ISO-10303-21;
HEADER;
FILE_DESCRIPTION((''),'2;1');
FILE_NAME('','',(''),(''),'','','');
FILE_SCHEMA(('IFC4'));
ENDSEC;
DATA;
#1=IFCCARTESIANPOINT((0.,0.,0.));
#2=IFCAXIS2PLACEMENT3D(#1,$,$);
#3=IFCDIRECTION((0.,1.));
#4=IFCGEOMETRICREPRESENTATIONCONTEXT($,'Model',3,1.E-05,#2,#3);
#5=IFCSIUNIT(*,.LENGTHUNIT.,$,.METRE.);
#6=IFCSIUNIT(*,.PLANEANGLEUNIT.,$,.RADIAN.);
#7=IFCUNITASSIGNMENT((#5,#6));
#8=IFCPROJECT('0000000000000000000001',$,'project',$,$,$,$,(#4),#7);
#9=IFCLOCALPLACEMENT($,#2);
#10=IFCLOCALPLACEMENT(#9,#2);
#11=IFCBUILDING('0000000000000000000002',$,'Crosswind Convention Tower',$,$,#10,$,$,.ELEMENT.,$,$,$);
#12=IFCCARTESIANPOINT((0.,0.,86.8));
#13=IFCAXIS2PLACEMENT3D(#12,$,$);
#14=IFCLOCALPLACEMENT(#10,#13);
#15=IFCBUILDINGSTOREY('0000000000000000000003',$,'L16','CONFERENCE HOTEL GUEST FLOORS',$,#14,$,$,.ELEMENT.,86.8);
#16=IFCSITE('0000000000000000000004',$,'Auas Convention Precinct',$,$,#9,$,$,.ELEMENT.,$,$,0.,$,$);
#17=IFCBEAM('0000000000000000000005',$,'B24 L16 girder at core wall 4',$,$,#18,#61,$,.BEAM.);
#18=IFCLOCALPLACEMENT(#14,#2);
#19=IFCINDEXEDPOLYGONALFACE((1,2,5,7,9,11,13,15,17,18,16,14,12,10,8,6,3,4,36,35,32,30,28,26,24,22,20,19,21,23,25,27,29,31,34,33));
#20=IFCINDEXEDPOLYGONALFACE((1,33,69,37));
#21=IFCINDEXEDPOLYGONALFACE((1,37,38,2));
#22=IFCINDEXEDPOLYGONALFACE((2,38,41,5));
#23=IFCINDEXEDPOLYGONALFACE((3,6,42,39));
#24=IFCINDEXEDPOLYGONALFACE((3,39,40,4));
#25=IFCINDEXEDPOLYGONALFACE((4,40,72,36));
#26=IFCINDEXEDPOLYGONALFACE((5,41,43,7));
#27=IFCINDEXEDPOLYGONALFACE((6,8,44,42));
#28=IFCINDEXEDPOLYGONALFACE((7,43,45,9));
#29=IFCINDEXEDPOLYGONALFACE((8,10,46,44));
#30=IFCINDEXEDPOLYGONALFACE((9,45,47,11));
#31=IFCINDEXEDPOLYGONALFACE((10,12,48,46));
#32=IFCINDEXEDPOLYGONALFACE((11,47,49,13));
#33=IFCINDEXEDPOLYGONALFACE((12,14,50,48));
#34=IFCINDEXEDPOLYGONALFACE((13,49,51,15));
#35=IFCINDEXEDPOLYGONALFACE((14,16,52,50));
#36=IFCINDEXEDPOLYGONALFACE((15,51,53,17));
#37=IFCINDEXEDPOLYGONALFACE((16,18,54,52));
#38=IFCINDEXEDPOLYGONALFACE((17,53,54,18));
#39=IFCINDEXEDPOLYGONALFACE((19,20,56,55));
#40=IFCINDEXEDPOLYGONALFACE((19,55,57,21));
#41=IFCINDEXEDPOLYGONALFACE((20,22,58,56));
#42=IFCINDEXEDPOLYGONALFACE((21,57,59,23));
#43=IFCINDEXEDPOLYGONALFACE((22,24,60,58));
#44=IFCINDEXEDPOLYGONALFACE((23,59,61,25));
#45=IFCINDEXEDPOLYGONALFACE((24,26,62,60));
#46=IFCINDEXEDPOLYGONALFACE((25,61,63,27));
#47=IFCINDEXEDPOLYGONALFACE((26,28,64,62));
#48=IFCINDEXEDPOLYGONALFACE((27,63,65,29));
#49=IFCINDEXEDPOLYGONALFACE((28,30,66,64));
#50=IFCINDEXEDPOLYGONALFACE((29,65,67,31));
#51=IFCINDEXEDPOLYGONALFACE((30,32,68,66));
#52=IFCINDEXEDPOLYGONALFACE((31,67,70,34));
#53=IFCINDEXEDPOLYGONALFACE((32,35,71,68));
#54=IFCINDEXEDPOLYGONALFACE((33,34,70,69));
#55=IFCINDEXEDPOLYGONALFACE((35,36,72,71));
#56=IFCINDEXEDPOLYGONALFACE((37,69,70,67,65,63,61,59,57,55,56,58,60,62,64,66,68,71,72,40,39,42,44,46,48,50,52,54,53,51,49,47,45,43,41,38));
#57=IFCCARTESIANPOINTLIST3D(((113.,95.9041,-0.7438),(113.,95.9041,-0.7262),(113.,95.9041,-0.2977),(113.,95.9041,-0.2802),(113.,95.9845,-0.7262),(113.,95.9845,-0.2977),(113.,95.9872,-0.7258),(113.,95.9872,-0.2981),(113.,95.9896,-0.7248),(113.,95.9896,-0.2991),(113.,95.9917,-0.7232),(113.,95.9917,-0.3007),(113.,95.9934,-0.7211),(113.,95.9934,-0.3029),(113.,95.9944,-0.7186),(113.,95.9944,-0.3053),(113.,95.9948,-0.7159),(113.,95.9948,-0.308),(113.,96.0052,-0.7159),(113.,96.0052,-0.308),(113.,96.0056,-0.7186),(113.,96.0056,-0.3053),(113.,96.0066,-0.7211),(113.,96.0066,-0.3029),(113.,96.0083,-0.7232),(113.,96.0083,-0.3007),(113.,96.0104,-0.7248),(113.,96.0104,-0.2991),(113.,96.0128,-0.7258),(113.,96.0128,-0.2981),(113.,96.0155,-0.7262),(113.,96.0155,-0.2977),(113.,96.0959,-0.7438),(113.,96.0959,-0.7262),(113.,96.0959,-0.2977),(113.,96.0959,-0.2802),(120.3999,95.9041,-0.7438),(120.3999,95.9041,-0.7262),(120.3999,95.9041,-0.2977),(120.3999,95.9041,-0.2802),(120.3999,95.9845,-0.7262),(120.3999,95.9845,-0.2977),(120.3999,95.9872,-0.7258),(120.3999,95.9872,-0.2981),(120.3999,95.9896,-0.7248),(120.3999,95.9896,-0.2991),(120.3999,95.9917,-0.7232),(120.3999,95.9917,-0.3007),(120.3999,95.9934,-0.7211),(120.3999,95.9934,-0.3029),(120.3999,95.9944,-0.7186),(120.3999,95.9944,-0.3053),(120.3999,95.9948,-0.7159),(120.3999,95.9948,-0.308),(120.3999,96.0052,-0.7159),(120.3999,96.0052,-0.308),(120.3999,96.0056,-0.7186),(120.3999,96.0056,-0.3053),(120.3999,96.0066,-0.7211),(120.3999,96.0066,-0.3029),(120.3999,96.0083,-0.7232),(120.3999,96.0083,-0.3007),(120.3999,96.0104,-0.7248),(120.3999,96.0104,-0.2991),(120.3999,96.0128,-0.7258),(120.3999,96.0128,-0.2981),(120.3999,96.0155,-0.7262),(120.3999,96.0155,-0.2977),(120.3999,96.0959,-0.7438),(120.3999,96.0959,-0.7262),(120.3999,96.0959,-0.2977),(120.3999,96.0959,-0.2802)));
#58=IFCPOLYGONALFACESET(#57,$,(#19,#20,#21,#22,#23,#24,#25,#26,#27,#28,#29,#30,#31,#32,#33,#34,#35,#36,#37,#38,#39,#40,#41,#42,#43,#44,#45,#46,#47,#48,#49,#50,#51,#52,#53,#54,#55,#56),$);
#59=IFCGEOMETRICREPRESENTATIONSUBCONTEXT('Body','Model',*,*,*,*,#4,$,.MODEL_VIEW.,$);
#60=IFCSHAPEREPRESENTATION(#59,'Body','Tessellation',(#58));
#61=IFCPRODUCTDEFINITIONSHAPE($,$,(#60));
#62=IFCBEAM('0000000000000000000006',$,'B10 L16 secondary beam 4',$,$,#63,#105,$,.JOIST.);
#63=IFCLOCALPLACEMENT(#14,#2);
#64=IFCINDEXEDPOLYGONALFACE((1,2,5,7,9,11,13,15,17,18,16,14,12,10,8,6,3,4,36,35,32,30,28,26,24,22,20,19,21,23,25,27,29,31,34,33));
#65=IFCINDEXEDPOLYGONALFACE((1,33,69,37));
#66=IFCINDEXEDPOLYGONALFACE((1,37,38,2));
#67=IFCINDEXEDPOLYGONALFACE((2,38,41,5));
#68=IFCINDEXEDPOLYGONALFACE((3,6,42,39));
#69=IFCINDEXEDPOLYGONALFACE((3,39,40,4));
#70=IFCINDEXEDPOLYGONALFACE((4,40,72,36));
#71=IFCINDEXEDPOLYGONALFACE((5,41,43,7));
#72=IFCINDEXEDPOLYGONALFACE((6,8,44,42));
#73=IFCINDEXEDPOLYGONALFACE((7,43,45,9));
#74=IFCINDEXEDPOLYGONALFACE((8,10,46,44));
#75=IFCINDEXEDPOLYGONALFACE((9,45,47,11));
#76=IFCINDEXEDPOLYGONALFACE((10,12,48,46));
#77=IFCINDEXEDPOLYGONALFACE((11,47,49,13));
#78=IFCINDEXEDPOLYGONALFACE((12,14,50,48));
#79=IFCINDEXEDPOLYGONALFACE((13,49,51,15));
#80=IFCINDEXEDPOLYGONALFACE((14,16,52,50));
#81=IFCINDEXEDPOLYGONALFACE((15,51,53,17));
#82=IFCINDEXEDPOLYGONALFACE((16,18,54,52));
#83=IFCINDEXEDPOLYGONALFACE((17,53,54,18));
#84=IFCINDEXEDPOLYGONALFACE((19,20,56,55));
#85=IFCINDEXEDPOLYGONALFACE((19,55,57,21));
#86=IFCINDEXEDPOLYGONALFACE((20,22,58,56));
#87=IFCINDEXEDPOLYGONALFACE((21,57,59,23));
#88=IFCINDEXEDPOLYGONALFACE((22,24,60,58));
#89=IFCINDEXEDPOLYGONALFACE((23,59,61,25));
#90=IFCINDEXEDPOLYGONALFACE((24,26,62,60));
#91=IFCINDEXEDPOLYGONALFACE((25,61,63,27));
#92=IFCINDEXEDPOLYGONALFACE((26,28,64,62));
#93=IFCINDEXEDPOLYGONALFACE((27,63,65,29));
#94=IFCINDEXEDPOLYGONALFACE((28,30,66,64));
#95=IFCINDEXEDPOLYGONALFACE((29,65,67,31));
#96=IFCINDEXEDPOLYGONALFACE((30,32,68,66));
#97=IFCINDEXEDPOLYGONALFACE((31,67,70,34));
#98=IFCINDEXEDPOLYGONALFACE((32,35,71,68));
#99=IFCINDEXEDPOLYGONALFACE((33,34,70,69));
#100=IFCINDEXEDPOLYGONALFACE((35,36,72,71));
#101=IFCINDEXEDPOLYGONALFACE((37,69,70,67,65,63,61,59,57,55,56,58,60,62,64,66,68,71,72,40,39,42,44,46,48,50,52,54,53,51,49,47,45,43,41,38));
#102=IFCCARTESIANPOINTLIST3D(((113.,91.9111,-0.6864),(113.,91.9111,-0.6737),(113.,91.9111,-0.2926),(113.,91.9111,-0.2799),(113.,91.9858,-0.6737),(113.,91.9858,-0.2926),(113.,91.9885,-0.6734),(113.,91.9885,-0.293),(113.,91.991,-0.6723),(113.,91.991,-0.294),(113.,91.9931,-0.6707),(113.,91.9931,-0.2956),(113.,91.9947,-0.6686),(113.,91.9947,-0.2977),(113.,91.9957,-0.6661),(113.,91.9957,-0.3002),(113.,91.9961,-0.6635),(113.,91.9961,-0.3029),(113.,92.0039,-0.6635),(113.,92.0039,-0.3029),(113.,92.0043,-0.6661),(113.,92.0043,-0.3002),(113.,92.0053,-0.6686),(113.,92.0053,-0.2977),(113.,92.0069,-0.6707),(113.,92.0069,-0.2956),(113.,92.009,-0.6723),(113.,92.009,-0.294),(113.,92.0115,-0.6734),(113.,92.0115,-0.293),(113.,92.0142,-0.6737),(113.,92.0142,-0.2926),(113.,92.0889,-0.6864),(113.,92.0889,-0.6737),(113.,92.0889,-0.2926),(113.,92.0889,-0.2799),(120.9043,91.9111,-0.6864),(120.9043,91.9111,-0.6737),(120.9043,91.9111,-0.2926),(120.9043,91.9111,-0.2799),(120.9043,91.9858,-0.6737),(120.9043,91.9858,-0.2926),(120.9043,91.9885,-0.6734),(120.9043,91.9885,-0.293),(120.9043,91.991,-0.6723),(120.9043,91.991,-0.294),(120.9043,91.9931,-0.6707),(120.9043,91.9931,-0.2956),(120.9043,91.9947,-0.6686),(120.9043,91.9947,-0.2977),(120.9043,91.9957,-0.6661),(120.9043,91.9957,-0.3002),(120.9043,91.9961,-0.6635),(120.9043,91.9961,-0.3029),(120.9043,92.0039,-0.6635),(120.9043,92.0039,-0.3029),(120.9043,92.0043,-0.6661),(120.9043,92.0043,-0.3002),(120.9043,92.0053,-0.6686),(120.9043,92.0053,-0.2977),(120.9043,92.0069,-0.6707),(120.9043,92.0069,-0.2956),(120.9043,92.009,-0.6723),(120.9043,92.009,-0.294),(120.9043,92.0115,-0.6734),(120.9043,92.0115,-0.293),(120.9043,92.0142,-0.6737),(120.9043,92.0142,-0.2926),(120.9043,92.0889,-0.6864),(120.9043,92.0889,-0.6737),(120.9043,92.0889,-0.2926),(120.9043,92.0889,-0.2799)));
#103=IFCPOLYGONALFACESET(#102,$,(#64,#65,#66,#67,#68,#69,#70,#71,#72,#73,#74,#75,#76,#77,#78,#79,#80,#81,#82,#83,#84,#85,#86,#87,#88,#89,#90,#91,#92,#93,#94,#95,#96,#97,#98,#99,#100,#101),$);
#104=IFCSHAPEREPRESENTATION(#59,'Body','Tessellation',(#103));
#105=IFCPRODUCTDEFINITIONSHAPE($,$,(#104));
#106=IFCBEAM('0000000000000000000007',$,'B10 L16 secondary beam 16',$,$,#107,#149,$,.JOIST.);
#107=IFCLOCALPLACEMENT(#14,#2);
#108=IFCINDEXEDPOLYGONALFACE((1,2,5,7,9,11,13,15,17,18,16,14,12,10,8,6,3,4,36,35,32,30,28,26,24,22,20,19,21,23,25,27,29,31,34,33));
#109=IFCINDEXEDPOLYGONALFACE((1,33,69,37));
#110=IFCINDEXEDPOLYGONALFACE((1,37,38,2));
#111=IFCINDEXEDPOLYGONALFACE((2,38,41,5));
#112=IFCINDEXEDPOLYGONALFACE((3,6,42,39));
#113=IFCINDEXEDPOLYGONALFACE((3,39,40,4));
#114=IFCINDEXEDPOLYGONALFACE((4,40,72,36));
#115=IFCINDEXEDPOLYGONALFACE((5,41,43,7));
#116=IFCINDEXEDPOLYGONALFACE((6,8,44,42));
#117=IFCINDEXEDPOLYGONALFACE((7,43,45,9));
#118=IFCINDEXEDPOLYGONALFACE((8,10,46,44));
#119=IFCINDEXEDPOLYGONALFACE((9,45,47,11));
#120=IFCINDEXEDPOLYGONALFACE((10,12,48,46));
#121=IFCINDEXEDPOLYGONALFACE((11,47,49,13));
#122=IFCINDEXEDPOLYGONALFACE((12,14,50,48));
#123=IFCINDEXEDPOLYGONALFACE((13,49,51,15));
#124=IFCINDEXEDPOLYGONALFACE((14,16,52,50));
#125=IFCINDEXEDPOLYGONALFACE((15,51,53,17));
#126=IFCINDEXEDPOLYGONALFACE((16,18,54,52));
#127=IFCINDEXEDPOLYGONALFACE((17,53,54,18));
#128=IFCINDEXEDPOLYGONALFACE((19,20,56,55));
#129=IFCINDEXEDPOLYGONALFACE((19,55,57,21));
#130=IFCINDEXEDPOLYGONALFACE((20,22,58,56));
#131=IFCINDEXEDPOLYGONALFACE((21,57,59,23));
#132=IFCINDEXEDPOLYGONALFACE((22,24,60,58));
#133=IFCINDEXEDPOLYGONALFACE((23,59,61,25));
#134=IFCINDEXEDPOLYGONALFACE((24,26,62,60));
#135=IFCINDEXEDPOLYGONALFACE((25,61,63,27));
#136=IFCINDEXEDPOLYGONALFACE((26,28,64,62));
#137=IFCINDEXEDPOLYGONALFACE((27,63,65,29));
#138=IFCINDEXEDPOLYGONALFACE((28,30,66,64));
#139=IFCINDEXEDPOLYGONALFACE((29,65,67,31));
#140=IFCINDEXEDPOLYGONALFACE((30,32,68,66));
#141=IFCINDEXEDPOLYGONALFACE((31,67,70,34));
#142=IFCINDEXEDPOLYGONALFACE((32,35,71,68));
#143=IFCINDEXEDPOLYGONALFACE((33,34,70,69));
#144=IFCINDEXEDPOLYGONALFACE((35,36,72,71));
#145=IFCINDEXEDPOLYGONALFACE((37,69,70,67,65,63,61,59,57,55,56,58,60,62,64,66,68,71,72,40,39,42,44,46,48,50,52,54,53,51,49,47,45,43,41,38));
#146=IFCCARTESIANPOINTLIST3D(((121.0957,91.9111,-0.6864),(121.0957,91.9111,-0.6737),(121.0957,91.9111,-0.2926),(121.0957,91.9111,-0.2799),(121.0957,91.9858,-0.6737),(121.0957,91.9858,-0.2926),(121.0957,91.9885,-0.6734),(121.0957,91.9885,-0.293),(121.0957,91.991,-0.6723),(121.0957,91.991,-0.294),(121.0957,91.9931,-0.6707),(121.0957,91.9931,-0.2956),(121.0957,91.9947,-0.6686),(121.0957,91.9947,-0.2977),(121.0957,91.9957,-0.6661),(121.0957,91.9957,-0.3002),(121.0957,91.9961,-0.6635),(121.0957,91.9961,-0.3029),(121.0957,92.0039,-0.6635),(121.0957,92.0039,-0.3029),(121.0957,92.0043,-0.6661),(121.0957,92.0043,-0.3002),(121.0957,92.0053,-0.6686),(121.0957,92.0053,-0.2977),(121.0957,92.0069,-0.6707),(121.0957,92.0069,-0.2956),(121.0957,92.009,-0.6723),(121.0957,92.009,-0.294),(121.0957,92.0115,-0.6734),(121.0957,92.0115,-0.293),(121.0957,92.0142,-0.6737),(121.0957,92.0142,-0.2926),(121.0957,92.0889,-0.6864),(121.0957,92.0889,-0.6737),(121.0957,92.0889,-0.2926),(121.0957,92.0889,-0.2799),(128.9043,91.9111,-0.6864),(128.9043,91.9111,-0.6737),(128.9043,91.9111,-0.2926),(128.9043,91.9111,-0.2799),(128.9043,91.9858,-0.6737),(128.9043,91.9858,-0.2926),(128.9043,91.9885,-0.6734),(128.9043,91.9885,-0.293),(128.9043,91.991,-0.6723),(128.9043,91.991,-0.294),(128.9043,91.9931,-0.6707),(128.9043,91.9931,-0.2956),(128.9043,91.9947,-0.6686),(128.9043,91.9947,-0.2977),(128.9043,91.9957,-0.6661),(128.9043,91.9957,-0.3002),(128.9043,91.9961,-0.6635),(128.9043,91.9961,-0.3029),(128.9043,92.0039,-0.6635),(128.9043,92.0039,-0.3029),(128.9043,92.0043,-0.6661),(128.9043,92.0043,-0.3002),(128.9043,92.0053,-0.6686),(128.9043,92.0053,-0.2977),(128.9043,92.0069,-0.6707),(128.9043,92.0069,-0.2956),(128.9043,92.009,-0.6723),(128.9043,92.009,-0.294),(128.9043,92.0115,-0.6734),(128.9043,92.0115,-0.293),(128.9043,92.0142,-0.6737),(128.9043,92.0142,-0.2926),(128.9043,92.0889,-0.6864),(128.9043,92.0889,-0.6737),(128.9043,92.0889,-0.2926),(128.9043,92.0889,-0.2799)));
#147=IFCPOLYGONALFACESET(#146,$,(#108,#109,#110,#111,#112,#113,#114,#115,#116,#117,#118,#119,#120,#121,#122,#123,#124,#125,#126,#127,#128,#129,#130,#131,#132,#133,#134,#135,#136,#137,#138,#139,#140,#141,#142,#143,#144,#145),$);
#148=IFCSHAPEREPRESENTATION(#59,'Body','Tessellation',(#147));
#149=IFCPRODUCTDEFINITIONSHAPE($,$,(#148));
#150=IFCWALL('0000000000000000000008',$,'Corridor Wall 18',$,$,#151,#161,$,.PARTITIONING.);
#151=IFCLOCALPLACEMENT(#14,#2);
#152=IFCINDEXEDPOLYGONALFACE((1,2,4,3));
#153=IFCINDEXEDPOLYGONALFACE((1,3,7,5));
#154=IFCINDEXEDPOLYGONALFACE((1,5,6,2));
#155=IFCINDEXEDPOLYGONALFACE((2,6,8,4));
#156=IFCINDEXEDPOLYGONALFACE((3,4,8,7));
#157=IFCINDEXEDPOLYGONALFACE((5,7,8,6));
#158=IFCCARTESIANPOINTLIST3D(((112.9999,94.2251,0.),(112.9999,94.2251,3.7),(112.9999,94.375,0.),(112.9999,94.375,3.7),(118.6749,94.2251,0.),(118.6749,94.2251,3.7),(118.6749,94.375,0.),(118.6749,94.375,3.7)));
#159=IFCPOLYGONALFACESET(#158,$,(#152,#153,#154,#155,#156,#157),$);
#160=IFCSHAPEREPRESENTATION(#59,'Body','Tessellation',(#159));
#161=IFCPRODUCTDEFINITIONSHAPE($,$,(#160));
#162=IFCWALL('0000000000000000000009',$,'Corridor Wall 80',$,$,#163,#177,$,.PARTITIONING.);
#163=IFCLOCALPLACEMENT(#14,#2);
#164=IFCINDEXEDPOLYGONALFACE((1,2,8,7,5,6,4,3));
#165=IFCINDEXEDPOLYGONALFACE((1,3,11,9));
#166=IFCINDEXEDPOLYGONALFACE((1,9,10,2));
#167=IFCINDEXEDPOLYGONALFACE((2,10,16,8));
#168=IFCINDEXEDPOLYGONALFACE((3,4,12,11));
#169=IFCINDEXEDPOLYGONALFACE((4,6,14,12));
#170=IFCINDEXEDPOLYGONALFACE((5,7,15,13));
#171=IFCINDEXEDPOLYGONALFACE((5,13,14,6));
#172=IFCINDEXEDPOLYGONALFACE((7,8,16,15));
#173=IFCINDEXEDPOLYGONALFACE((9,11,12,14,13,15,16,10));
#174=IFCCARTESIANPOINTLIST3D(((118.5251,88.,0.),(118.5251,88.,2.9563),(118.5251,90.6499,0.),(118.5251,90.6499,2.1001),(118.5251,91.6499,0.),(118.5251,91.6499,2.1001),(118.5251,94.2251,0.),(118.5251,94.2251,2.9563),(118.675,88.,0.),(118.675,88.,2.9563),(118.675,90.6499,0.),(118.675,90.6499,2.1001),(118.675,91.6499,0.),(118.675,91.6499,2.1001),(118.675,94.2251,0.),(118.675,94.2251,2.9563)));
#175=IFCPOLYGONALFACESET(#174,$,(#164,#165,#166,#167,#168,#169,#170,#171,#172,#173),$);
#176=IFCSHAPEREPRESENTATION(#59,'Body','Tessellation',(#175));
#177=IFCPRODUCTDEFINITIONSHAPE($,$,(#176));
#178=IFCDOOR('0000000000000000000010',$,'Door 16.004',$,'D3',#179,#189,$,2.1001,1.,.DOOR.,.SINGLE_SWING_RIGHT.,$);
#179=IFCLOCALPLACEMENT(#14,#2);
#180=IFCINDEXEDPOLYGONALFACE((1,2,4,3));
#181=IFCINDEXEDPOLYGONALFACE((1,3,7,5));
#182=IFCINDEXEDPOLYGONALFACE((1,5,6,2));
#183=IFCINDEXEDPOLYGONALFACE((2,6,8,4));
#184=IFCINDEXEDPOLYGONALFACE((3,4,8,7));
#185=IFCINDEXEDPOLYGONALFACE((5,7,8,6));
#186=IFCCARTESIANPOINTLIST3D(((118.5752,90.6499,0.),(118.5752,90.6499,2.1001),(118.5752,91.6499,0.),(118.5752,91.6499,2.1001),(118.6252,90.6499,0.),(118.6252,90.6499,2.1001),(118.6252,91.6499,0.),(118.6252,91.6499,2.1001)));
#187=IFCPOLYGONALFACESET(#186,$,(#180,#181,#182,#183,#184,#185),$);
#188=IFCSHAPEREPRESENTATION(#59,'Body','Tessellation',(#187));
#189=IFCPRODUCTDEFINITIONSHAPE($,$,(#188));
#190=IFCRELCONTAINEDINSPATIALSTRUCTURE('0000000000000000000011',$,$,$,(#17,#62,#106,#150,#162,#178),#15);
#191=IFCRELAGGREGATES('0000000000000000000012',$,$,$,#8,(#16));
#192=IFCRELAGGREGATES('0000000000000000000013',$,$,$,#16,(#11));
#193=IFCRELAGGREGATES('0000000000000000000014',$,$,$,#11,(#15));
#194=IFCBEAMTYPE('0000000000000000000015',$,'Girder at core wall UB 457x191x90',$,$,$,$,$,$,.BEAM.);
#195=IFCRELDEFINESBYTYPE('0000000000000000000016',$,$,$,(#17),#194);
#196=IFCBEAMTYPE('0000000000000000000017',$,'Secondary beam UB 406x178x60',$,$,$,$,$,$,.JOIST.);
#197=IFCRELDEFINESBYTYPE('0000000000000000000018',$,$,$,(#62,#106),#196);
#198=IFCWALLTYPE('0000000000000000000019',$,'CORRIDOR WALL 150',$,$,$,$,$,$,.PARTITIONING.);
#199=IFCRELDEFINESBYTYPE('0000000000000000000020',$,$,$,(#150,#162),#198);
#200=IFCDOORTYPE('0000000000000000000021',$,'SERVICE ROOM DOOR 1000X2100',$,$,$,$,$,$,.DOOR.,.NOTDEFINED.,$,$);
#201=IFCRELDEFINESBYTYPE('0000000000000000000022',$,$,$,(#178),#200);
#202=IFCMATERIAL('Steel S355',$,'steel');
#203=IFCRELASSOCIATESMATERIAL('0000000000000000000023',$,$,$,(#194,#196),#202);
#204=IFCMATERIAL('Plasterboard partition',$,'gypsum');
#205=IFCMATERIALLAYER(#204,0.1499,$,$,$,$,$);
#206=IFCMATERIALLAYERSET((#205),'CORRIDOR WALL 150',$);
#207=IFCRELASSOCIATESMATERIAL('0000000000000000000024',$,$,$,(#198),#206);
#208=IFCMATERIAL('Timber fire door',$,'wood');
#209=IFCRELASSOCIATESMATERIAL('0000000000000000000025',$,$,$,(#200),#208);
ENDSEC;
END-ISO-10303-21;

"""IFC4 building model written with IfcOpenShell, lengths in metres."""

from ifc_helpers import new_model, si_unit, direction, frame, frame_2d, origin, origin_2d, place, context, subcontext, project, spatial, rectangle, i_section, extrude, material, layer, layer_set, material_profile, profile_set, type_object, element, fill, save


model = new_model("IFC4")

# Units and contexts
model_context = context("Model", 3, precision=1e-05, world=origin(), true_north=direction((0.0, 1.0)))
body_context = subcontext(model_context, "Body", "Model", "MODEL_VIEW")
ifc_project = project(units=[si_unit("LENGTHUNIT", "METRE"), si_unit("PLANEANGLEUNIT", "RADIAN")], contexts=[model_context])

# Site, building, storey
site_placement = place(None, origin())
site = spatial("IfcSite", under=ifc_project, at=site_placement, Name="Auas Convention Precinct", CompositionType="ELEMENT", RefElevation=0.0)
building_placement = place(site_placement, origin())
building = spatial("IfcBuilding", under=site, at=building_placement, Name="Crosswind Convention Tower", CompositionType="ELEMENT")
storey_placement = place(building_placement, frame((0.0, 0.0, 86.8)))
storey = spatial("IfcBuildingStorey", under=building, at=storey_placement, Name="L16", Description="CONFERENCE HOTEL GUEST FLOORS", CompositionType="ELEMENT", Elevation=86.8)

# Beams
ifc_material_1 = material(Name="Steel S355", Category="steel")
ifc_material_profile_1 = material_profile(ifc_material_1, i_section(OverallWidth=0.1919, OverallDepth=0.4636, WebThickness=0.0105, FlangeThickness=0.0176, FilletRadius=0.0103, at=origin_2d()), Name="UB 457x191x90")
ifc_profile_set_1 = profile_set([ifc_material_profile_1], Name="Steel S355")
beam_type_1 = type_object("IfcBeamType", Name="Girder at core wall UB 457x191x90", PredefinedType="BEAM", material=ifc_profile_set_1)
for number, where, z_axis, x_axis, name in (
    (1, (113.0, 96.0, -0.512), (1.0, 0.0, 0.0), (0.0, 1.0, 0.0), "B24 L16 girder at core wall 4"),
):
    element("IfcBeam", number, at=place(storey_placement, frame(where, z_axis=z_axis, x_axis=x_axis)), inside=storey, type_object=beam_type_1, Name=name, PredefinedType="BEAM", context=body_context, shape_type="SweptSolid", body=[
        extrude(i_section(OverallWidth=0.1919, OverallDepth=0.4636, WebThickness=0.0105, FlangeThickness=0.0176, FilletRadius=0.0103, at=origin_2d()), origin(), (0.0, 0.0, 1.0), 7.3999),
    ])
ifc_material_profile_2 = material_profile(ifc_material_1, i_section(OverallWidth=0.1777, OverallDepth=0.4065, WebThickness=0.0078, FlangeThickness=0.0127, FilletRadius=0.0103, at=origin_2d()), Name="UB 406x178x60")
ifc_profile_set_2 = profile_set([ifc_material_profile_2], Name="Steel S355")
beam_type_2 = type_object("IfcBeamType", Name="Secondary beam UB 406x178x60", PredefinedType="JOIST", material=ifc_profile_set_2)
beam_1_placement = place(storey_placement, frame((113.0, 92.0, -0.4832), z_axis=(1.0, 0.0, 0.0), x_axis=(0.0, 1.0, 0.0)))
element("IfcBeam", 2, at=beam_1_placement, inside=storey, type_object=beam_type_2, Name="B10 L16 secondary beam 4", PredefinedType="JOIST", context=body_context, shape_type="SweptSolid", body=[
    extrude(i_section(OverallWidth=0.1777, OverallDepth=0.4065, WebThickness=0.0078, FlangeThickness=0.0127, FilletRadius=0.0103, at=origin_2d()), origin(), (0.0, 0.0, 1.0), 7.9043),
])
beam_2_placement = place(storey_placement, frame((121.0957, 92.0, -0.4832), z_axis=(1.0, 0.0, 0.0), x_axis=(0.0, 1.0, 0.0)))
element("IfcBeam", 3, at=beam_2_placement, inside=storey, type_object=beam_type_2, Name="B10 L16 secondary beam 16", PredefinedType="JOIST", context=body_context, shape_type="SweptSolid", body=[
    extrude(i_section(OverallWidth=0.1777, OverallDepth=0.4065, WebThickness=0.0078, FlangeThickness=0.0127, FilletRadius=0.0103, at=origin_2d()), origin(), (0.0, 0.0, 1.0), 7.8086),
])

# Wall
ifc_material_2 = material(Name="Plasterboard partition", Category="gypsum")
ifc_layer_1 = layer(ifc_material_2, 0.1499)
ifc_layer_set_1 = layer_set([ifc_layer_1], Name="CORRIDOR WALL 150")
wall_type_1 = type_object("IfcWallType", Name="CORRIDOR WALL 150", PredefinedType="PARTITIONING", material=ifc_layer_set_1)
wall_1_placement = place(storey_placement, frame((113.0, 94.3, 0.0), z_axis=(0.0, 0.0, 1.0), x_axis=(1.0, 0.0, 0.0)))
element("IfcWall", 4, at=wall_1_placement, inside=storey, type_object=wall_type_1, Name="Corridor Wall 18", PredefinedType="PARTITIONING", context=body_context, shape_type="SweptSolid", body=[
    extrude(rectangle(XDim=5.675, YDim=0.1499, at=frame_2d((2.8374, 0.0))), origin(), (0.0, 0.0, 1.0), 3.7),
])

# Wall, opening, door
wall_2_placement = place(storey_placement, frame((118.6001, 88.0, 0.0), z_axis=(0.0, 0.0, 1.0), x_axis=(0.0, 1.0, 0.0)))
wall_2 = element("IfcWall", 5, at=wall_2_placement, inside=storey, type_object=wall_type_1, Name="Corridor Wall 80", PredefinedType="PARTITIONING", context=body_context, shape_type="SweptSolid", body=[
    extrude(rectangle(XDim=6.2251, YDim=0.1499, at=frame_2d((3.1125, 0.0))), origin(), (0.0, 0.0, 1.0), 2.9563),
])
opening_1_placement = place(wall_2_placement, frame((2.6499, 0.0, 0.0)))
opening_1 = element("IfcOpeningElement", 6, at=opening_1_placement, cuts=wall_2, PredefinedType="OPENING", context=body_context, shape_type="SweptSolid", body=[
    extrude(rectangle(XDim=1.0, YDim=2.1001, at=frame_2d((0.5, 1.05))), frame((0.0, 0.085, 0.0), z_axis=(0.0, -1.0, 0.0), x_axis=(1.0, 0.0, 0.0)), (0.0, 0.0, 1.0), 0.1699),
])
ifc_material_3 = material(Name="Timber fire door", Category="wood")
door_type_1 = type_object("IfcDoorType", Name="SERVICE ROOM DOOR 1000X2100", OperationType="NOTDEFINED", PredefinedType="DOOR", material=ifc_material_3)
door_1_placement = place(opening_1_placement, origin())
door_1 = element("IfcDoor", 7, at=door_1_placement, inside=storey, type_object=door_type_1, Name="Door 16.004", ObjectType="D3", OperationType="SINGLE_SWING_RIGHT", OverallHeight=2.1001, OverallWidth=1.0, PredefinedType="DOOR", context=body_context, shape_type="SweptSolid", body=[
    extrude(rectangle(XDim=1.0, YDim=2.1001, at=frame_2d((0.5, 1.05))), frame((0.0, 0.0249, 0.0), z_axis=(0.0, -1.0, 0.0), x_axis=(1.0, 0.0, 0.0)), (0.0, 0.0, 1.0), 0.05),
])
fill(opening_1, door_1)

save(model, "model.ifc")
